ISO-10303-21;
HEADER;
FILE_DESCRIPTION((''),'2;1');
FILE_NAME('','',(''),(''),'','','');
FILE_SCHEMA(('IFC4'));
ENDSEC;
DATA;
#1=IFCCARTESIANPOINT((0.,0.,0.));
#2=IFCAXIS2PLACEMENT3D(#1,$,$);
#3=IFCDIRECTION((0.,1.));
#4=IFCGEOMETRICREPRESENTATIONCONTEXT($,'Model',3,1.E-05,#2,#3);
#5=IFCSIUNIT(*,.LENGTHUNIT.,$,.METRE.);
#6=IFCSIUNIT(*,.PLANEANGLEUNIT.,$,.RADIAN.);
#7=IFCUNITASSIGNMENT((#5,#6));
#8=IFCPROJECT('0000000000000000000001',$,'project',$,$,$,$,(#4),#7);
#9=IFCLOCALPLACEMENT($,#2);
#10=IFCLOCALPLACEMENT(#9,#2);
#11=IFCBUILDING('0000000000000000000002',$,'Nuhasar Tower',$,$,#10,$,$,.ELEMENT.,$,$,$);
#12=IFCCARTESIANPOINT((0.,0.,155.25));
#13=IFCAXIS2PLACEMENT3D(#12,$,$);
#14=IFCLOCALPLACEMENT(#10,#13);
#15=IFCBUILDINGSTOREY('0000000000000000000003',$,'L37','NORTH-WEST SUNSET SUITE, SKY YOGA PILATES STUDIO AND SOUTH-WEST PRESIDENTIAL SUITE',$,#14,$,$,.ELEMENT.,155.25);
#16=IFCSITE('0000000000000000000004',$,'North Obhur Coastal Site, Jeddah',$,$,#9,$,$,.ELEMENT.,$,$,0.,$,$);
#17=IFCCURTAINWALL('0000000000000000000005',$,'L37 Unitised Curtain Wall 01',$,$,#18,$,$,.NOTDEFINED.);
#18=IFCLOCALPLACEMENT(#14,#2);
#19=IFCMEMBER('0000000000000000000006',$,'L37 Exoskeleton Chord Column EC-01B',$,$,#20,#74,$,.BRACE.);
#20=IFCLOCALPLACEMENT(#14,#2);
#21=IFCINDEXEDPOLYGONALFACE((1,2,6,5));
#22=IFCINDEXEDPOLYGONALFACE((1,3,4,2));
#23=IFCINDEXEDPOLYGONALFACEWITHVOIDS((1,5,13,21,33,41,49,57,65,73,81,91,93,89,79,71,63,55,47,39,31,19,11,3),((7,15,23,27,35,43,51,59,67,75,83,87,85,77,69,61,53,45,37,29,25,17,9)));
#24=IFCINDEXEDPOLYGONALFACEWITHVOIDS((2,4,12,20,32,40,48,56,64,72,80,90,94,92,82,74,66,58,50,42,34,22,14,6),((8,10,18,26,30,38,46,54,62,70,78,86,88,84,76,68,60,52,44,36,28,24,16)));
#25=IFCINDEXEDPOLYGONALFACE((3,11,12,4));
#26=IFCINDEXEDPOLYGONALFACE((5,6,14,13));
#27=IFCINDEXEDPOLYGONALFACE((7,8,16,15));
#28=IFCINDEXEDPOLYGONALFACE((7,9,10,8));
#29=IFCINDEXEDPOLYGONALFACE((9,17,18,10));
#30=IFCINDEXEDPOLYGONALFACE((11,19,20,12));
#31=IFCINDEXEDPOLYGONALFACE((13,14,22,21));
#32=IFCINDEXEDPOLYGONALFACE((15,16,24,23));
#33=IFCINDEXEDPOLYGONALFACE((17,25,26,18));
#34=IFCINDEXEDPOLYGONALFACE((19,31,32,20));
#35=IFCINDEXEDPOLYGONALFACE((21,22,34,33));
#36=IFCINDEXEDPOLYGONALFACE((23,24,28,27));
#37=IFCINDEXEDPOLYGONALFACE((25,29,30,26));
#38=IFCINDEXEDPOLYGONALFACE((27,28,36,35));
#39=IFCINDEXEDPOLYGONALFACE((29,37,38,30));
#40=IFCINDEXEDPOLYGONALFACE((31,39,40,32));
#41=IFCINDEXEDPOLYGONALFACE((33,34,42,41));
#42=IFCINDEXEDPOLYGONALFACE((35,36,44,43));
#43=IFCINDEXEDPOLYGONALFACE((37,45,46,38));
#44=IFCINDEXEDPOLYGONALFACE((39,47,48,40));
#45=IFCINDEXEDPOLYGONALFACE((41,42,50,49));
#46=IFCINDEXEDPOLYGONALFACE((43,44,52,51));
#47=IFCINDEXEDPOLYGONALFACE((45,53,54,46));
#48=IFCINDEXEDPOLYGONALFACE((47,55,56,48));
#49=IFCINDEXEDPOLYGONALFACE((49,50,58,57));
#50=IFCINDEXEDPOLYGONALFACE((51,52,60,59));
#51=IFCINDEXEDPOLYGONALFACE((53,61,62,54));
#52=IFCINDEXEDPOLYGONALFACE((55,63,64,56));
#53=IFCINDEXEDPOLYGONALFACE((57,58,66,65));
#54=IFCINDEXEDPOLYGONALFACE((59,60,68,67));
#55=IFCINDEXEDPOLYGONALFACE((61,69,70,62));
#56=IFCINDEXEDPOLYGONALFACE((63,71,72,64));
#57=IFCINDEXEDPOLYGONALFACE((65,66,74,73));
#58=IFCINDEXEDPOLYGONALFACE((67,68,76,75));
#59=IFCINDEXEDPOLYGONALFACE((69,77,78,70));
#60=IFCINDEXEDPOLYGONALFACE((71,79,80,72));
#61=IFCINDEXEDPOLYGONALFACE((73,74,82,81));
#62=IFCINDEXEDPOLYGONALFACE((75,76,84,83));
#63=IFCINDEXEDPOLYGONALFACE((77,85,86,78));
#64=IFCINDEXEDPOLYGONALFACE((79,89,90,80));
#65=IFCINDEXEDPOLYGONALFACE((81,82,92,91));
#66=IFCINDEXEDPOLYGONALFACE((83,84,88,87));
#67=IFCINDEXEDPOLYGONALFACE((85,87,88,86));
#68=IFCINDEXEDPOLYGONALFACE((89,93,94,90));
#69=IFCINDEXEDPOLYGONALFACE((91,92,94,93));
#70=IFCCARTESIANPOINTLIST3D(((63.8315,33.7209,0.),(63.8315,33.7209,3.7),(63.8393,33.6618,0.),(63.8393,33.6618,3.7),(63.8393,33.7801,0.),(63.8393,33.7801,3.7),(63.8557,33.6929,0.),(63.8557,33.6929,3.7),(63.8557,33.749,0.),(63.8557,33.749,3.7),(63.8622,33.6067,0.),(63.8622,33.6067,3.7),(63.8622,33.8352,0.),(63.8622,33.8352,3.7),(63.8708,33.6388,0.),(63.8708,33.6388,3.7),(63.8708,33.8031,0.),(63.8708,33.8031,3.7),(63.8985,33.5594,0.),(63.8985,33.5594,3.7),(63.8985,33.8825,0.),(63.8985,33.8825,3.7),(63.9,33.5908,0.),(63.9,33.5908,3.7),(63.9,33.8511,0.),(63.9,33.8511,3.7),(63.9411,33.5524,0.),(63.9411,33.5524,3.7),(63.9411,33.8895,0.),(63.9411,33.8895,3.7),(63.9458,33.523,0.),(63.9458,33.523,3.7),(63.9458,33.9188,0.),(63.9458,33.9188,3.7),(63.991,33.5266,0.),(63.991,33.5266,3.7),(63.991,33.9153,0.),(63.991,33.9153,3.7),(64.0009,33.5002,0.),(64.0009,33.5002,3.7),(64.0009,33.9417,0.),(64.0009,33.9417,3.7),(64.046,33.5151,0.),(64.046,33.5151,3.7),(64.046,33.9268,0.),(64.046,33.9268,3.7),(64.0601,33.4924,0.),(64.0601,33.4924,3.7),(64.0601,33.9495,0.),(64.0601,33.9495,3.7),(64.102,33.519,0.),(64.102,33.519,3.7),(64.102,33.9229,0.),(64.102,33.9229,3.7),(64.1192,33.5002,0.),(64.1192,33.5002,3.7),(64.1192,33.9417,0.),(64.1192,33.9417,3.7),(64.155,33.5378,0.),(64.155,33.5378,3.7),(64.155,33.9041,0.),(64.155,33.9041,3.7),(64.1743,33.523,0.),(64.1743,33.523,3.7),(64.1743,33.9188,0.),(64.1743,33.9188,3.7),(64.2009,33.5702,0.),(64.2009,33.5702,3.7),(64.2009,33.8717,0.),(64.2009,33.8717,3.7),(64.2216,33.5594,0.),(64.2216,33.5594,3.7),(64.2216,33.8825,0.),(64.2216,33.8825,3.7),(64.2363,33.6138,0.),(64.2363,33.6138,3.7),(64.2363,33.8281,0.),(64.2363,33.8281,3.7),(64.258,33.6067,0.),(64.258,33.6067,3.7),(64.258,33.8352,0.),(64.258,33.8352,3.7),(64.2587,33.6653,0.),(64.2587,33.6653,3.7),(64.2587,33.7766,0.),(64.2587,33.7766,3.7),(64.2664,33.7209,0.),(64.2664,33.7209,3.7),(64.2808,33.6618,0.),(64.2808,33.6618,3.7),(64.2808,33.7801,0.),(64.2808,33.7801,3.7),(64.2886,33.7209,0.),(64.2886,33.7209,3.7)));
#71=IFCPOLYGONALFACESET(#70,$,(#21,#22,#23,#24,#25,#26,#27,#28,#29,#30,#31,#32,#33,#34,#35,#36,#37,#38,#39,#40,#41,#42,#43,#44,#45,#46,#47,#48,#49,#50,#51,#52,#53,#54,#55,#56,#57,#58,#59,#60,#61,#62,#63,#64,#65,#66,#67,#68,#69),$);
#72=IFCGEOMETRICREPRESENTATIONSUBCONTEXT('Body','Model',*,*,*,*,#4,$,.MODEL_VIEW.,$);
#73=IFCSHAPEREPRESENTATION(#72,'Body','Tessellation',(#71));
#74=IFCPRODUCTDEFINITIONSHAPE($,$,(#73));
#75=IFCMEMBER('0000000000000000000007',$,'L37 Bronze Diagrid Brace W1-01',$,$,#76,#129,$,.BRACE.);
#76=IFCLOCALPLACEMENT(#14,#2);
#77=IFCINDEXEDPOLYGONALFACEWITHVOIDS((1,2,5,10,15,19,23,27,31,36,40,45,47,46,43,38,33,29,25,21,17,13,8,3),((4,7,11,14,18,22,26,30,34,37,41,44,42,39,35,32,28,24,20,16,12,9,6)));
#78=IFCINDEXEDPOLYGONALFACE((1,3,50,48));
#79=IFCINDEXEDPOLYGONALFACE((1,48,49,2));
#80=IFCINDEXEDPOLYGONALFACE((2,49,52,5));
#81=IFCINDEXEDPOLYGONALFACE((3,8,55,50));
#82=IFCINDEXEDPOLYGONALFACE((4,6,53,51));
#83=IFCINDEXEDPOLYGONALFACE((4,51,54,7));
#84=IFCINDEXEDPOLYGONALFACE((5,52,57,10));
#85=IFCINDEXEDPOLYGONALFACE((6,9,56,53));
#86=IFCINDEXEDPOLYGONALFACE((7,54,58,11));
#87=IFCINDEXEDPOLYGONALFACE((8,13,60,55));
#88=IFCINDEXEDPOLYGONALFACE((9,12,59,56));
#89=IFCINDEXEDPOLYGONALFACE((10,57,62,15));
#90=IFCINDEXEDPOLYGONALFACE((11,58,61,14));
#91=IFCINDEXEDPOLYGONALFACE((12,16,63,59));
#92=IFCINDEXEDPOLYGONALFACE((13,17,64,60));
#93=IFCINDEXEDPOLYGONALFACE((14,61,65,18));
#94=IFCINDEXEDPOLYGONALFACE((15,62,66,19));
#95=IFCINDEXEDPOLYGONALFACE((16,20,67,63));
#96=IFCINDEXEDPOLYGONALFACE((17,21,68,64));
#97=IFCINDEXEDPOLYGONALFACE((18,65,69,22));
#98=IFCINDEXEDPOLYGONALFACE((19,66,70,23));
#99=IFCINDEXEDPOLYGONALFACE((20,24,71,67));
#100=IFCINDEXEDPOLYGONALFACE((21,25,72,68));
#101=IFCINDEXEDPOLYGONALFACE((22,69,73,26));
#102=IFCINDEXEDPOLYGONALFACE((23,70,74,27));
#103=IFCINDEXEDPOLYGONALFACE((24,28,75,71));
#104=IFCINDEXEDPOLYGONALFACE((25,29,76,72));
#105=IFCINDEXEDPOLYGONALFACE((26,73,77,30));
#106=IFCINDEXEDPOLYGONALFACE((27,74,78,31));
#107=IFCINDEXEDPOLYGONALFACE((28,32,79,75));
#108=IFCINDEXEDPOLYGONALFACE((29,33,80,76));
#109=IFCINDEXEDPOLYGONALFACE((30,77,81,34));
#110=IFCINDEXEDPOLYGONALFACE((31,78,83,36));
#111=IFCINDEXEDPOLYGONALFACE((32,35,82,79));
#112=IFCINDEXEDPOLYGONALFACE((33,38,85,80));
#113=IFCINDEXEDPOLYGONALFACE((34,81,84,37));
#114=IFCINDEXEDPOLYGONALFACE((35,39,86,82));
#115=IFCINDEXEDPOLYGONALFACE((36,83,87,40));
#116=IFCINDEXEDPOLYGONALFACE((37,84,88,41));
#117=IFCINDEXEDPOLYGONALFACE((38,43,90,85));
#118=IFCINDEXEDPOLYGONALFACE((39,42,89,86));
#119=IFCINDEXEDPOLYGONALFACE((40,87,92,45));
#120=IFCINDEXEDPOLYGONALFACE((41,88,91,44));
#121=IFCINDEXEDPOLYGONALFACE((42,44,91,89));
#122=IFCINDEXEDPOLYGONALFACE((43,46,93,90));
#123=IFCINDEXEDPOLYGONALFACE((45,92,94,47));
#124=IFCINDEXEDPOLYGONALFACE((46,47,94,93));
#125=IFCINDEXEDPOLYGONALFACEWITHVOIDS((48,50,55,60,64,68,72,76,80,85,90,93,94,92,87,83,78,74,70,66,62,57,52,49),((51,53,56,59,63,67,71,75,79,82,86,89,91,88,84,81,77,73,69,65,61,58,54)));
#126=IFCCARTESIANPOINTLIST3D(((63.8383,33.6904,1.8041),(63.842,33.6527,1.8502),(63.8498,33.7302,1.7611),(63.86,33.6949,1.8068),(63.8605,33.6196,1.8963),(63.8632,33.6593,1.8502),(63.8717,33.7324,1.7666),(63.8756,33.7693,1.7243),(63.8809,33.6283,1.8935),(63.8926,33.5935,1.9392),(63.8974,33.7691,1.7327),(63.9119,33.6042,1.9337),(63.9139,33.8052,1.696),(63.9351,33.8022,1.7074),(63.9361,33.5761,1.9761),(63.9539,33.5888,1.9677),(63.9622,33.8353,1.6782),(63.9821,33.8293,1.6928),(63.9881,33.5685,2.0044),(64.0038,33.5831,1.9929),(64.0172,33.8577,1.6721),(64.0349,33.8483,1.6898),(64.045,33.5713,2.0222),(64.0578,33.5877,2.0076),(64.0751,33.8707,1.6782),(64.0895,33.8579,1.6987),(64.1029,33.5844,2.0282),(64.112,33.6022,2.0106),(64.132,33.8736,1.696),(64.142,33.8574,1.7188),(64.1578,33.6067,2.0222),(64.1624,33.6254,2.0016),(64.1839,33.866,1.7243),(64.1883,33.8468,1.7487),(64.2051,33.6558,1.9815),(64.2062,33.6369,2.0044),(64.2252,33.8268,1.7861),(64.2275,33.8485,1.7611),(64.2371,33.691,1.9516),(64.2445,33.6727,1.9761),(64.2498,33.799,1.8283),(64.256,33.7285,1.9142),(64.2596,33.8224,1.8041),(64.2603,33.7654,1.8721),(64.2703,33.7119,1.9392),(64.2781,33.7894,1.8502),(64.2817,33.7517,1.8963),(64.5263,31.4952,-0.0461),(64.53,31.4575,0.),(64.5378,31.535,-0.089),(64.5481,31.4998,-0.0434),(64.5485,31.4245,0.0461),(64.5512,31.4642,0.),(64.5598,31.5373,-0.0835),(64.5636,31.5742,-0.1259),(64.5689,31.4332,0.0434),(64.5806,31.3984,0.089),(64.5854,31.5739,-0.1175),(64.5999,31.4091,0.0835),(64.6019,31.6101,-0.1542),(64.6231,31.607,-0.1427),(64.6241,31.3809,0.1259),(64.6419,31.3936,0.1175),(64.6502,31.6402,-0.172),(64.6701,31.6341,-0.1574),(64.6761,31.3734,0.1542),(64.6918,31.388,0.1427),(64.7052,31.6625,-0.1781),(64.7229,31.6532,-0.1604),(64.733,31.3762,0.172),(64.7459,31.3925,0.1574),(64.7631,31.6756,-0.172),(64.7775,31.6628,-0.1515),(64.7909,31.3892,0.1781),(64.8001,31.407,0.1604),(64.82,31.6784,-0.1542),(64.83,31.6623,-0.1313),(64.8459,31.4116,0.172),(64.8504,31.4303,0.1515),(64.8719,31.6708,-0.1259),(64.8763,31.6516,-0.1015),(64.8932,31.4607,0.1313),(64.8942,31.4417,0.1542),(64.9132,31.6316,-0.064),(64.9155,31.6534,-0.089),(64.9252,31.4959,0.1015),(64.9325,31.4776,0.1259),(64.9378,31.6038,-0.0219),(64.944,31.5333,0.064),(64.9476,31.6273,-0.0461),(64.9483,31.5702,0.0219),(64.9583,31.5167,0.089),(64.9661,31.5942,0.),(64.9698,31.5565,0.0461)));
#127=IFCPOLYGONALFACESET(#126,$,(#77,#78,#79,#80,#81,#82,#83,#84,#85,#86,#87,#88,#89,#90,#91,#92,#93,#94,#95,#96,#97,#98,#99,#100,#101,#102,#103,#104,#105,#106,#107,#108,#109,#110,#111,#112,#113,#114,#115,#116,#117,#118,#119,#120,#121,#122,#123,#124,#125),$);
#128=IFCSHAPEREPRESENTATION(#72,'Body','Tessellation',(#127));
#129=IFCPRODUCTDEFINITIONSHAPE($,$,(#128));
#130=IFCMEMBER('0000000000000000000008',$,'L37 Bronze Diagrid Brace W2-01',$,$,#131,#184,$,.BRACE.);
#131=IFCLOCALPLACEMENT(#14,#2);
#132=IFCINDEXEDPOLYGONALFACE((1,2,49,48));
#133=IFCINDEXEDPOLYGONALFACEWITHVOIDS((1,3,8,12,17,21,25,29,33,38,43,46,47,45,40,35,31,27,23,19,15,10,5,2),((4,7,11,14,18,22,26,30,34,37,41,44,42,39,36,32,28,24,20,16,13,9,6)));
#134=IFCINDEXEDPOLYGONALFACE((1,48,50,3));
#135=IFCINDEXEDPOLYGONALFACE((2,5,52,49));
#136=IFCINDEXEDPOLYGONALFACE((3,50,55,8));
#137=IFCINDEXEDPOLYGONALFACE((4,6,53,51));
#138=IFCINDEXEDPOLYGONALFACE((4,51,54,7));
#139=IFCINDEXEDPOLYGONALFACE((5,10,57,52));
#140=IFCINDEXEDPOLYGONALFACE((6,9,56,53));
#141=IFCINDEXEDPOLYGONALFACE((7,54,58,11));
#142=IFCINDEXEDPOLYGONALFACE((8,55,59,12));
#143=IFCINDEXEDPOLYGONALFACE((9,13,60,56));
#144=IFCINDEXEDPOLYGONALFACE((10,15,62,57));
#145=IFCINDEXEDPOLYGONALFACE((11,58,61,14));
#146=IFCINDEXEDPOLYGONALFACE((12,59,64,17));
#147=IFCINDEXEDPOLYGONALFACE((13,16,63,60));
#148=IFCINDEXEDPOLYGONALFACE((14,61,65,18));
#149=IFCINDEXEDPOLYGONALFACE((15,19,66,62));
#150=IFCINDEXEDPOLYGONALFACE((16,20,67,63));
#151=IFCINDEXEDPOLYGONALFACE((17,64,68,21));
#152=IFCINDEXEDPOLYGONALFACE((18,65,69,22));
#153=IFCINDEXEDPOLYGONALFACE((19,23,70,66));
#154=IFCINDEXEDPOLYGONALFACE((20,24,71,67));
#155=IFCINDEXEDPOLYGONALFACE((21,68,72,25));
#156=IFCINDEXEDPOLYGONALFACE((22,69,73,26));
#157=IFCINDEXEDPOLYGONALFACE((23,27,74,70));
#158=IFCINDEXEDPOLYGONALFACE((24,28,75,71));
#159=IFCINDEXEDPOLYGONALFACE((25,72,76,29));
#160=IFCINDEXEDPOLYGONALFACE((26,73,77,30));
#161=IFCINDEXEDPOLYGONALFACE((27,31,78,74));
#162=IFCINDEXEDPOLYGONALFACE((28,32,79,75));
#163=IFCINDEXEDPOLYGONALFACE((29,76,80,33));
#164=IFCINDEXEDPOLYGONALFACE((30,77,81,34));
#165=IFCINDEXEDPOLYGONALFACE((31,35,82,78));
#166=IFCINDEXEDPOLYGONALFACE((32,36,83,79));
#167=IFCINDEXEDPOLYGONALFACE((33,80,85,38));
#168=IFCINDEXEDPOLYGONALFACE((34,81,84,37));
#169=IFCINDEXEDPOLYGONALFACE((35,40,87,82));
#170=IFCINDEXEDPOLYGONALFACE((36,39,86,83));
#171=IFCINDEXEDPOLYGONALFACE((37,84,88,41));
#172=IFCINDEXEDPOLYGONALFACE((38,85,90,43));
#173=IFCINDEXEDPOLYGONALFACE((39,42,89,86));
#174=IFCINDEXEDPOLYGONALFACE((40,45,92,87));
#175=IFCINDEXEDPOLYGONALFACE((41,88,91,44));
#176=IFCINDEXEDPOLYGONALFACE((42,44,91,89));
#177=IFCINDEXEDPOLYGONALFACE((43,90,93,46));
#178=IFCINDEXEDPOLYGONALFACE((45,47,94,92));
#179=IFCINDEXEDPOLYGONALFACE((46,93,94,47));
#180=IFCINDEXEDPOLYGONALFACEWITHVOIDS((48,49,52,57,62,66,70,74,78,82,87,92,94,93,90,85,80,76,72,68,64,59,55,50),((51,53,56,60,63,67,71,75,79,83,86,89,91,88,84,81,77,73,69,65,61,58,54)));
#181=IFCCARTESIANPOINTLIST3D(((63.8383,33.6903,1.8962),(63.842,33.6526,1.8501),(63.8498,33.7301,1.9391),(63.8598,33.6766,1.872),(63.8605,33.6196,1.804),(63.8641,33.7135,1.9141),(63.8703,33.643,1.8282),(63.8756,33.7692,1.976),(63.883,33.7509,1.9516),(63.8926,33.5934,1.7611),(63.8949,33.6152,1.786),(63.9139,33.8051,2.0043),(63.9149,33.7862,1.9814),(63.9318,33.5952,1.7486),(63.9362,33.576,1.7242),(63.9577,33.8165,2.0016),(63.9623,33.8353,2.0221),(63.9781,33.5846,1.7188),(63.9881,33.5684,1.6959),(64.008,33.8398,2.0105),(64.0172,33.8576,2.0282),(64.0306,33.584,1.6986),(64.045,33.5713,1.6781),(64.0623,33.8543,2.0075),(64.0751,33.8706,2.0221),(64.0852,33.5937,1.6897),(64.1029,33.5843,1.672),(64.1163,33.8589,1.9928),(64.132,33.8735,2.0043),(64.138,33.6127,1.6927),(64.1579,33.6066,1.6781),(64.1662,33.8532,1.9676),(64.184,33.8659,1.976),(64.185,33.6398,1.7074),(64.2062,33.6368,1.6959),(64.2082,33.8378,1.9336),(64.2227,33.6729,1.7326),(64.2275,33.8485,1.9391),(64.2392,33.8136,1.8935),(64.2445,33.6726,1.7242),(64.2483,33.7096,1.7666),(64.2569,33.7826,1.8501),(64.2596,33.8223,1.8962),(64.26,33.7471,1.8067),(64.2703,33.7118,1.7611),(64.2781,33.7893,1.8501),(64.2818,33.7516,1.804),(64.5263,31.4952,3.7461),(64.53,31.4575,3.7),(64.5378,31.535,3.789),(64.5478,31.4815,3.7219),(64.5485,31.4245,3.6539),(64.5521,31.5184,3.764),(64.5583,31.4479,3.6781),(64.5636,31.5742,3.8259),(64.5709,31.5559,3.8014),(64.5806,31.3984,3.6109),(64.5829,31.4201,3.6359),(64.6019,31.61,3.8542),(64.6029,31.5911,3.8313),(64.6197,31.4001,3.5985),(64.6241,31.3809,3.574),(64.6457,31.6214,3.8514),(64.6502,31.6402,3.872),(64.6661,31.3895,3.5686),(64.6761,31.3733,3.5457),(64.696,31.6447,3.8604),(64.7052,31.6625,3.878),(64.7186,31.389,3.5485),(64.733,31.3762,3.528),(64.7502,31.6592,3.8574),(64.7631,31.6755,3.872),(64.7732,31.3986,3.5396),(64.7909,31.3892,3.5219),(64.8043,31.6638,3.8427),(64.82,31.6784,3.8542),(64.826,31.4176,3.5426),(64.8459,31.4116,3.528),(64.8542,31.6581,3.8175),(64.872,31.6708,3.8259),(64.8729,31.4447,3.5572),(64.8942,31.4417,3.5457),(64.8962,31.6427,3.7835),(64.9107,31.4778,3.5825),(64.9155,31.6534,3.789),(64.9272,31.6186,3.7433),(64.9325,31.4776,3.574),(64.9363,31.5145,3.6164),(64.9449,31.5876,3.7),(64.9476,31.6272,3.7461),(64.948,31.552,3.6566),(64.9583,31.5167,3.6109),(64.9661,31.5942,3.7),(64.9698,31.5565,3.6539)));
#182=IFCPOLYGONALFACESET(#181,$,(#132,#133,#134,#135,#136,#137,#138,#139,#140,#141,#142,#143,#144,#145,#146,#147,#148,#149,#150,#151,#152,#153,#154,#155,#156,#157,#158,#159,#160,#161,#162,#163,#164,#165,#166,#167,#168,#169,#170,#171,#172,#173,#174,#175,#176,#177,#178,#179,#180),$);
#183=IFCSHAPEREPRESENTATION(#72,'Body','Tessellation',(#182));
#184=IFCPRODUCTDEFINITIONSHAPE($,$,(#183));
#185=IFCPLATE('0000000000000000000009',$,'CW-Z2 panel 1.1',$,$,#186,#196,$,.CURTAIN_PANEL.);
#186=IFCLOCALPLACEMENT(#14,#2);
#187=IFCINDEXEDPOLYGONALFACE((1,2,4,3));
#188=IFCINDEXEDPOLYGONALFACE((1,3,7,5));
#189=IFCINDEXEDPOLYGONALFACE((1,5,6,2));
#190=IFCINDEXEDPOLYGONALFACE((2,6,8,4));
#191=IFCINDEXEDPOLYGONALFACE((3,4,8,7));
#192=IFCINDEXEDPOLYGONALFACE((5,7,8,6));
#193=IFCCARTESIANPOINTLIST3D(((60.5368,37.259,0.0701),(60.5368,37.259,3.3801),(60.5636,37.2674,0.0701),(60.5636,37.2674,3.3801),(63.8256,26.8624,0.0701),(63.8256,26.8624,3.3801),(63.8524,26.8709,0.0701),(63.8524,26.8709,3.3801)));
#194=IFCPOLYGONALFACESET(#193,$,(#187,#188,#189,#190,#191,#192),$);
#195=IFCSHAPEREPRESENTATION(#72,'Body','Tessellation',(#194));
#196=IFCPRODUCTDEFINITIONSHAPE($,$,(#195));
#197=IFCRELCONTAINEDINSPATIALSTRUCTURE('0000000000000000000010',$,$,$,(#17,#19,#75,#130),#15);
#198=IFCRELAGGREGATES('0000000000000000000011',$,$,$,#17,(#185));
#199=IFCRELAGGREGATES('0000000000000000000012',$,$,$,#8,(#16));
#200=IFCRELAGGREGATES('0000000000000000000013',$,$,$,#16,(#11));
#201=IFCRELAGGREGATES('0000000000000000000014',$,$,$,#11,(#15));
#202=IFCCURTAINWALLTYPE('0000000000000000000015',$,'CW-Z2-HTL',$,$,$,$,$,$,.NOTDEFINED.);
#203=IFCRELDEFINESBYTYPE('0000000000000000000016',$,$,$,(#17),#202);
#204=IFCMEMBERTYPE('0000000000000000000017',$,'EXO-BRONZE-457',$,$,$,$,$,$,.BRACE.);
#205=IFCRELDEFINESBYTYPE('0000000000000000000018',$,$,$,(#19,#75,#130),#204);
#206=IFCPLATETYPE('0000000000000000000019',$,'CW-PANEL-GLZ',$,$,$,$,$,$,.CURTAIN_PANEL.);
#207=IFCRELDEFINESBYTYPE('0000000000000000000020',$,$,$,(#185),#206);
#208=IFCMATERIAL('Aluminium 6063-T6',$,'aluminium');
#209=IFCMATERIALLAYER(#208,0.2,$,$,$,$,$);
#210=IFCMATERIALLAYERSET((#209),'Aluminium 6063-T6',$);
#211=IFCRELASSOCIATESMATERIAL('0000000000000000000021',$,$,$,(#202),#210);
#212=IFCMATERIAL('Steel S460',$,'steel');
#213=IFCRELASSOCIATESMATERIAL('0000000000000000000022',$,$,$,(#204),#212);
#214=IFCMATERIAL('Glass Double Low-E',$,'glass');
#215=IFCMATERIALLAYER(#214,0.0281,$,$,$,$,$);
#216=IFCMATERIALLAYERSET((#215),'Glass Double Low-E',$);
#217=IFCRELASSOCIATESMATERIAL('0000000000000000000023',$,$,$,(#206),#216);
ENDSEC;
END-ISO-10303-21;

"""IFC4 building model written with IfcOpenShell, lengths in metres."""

from ifc_helpers import new_model, si_unit, direction, frame, origin, origin_2d, place, context, subcontext, project, spatial, rectangle, hollow_circle, extrude, material, layer, layer_set, material_profile, profile_set, type_object, element, aggregate, save


model = new_model("IFC4")

# Units and contexts
model_context = context("Model", 3, precision=1e-05, world=origin(), true_north=direction((0.0, 1.0)))
body_context = subcontext(model_context, "Body", "Model", "MODEL_VIEW")
ifc_project = project(units=[si_unit("LENGTHUNIT", "METRE"), si_unit("PLANEANGLEUNIT", "RADIAN")], contexts=[model_context])

# Site, building, storey
site_placement = place(None, origin())
site = spatial("IfcSite", under=ifc_project, at=site_placement, Name="North Obhur Coastal Site, Jeddah", CompositionType="ELEMENT", RefElevation=0.0)
building_placement = place(site_placement, origin())
building = spatial("IfcBuilding", under=site, at=building_placement, Name="Nuhasar Tower", CompositionType="ELEMENT")
storey_placement = place(building_placement, frame((0.0, 0.0, 155.25)))
storey = spatial("IfcBuildingStorey", under=building, at=storey_placement, Name="L37", Description="NORTH-WEST SUNSET SUITE, SKY YOGA PILATES STUDIO AND SOUTH-WEST PRESIDENTIAL SUITE", CompositionType="ELEMENT", Elevation=155.25)

# Curtain wall
ifc_material_1 = material(Name="Aluminium 6063-T6", Category="aluminium")
ifc_layer_1 = layer(ifc_material_1, 0.2)
ifc_layer_set_1 = layer_set([ifc_layer_1], Name="Aluminium 6063-T6")
curtain_wall_type = type_object("IfcCurtainWallType", Name="CW-Z2-HTL", PredefinedType="NOTDEFINED", material=ifc_layer_set_1)
curtain_wall_placement = place(storey_placement, origin())
curtain_wall = element("IfcCurtainWall", 1, at=curtain_wall_placement, inside=storey, type_object=curtain_wall_type, Name="L37 Unitised Curtain Wall 01", PredefinedType="NOTDEFINED")

# Members
ifc_material_2 = material(Name="Steel S460", Category="steel")
ifc_material_profile_1 = material_profile(ifc_material_2, hollow_circle(Radius=0.2285, WallThickness=0.0222, at=origin_2d()), Name="HSS457X22.2")
ifc_profile_set_1 = profile_set([ifc_material_profile_1], Name="Steel S460")
member_type_1 = type_object("IfcMemberType", Name="EXO-BRONZE-457", PredefinedType="BRACE", material=ifc_profile_set_1)
for number, where, z_axis, x_axis, name in (
    (2, (64.0601, 33.7209, 0.0), (0.0, 0.0, 1.0), (1.0, 0.0, 0.0), "L37 Exoskeleton Chord Column EC-01B"),
):
    element("IfcMember", number, at=place(storey_placement, frame(where, z_axis=z_axis, x_axis=x_axis)), inside=storey, type_object=member_type_1, Name=name, PredefinedType="BRACE", context=body_context, shape_type="SweptSolid", body=[
        extrude(hollow_circle(Radius=0.2285, WallThickness=0.0222, at=origin_2d()), origin(), (0.0, 0.0, 1.0), 3.7),
    ])
member_1_placement = place(storey_placement, frame((64.748, 31.5259, 0.0), z_axis=(-0.233056, 0.743578, 0.626719), x_axis=(-0.954228, -0.299079, 0.0)))
element("IfcMember", 3, at=member_1_placement, inside=storey, type_object=member_type_1, Name="L37 Bronze Diagrid Brace W1-01", PredefinedType="BRACE", context=body_context, shape_type="SweptSolid", body=[
    extrude(hollow_circle(Radius=0.2285, WallThickness=0.0222, at=origin_2d()), origin(), (0.0, 0.0, 1.0), 2.9521),
])
member_2_placement = place(storey_placement, frame((64.0601, 33.7209, 1.8501), z_axis=(0.233068, -0.743616, 0.626669), x_axis=(0.954228, 0.299079, 0.0)))
element("IfcMember", 4, at=member_2_placement, inside=storey, type_object=member_type_1, Name="L37 Bronze Diagrid Brace W2-01", PredefinedType="BRACE", context=body_context, shape_type="SweptSolid", body=[
    extrude(hollow_circle(Radius=0.2285, WallThickness=0.0222, at=origin_2d()), origin(), (0.0, 0.0, 1.0), 2.9519),
])

# Plate
ifc_material_3 = material(Name="Glass Double Low-E", Category="glass")
ifc_layer_2 = layer(ifc_material_3, 0.0281)
ifc_layer_set_2 = layer_set([ifc_layer_2], Name="Glass Double Low-E")
plate_type = type_object("IfcPlateType", Name="CW-PANEL-GLZ", PredefinedType="CURTAIN_PANEL", material=ifc_layer_set_2)
plate_placement = place(storey_placement, frame((62.1946, 32.0649, 0.0701), z_axis=(0.0, 0.0, 1.0), x_axis=(-0.301604, 0.953433, 0.0)))
plate = element("IfcPlate", 5, at=plate_placement, type_object=plate_type, Name="CW-Z2 panel 1.1", PredefinedType="CURTAIN_PANEL", context=body_context, shape_type="SweptSolid", body=[
    extrude(rectangle(XDim=10.9043, YDim=0.0281, at=origin_2d()), origin(), (0.0, 0.0, 1.0), 3.3101),
])
aggregate(curtain_wall, [plate])

save(model, "model.ifc")
